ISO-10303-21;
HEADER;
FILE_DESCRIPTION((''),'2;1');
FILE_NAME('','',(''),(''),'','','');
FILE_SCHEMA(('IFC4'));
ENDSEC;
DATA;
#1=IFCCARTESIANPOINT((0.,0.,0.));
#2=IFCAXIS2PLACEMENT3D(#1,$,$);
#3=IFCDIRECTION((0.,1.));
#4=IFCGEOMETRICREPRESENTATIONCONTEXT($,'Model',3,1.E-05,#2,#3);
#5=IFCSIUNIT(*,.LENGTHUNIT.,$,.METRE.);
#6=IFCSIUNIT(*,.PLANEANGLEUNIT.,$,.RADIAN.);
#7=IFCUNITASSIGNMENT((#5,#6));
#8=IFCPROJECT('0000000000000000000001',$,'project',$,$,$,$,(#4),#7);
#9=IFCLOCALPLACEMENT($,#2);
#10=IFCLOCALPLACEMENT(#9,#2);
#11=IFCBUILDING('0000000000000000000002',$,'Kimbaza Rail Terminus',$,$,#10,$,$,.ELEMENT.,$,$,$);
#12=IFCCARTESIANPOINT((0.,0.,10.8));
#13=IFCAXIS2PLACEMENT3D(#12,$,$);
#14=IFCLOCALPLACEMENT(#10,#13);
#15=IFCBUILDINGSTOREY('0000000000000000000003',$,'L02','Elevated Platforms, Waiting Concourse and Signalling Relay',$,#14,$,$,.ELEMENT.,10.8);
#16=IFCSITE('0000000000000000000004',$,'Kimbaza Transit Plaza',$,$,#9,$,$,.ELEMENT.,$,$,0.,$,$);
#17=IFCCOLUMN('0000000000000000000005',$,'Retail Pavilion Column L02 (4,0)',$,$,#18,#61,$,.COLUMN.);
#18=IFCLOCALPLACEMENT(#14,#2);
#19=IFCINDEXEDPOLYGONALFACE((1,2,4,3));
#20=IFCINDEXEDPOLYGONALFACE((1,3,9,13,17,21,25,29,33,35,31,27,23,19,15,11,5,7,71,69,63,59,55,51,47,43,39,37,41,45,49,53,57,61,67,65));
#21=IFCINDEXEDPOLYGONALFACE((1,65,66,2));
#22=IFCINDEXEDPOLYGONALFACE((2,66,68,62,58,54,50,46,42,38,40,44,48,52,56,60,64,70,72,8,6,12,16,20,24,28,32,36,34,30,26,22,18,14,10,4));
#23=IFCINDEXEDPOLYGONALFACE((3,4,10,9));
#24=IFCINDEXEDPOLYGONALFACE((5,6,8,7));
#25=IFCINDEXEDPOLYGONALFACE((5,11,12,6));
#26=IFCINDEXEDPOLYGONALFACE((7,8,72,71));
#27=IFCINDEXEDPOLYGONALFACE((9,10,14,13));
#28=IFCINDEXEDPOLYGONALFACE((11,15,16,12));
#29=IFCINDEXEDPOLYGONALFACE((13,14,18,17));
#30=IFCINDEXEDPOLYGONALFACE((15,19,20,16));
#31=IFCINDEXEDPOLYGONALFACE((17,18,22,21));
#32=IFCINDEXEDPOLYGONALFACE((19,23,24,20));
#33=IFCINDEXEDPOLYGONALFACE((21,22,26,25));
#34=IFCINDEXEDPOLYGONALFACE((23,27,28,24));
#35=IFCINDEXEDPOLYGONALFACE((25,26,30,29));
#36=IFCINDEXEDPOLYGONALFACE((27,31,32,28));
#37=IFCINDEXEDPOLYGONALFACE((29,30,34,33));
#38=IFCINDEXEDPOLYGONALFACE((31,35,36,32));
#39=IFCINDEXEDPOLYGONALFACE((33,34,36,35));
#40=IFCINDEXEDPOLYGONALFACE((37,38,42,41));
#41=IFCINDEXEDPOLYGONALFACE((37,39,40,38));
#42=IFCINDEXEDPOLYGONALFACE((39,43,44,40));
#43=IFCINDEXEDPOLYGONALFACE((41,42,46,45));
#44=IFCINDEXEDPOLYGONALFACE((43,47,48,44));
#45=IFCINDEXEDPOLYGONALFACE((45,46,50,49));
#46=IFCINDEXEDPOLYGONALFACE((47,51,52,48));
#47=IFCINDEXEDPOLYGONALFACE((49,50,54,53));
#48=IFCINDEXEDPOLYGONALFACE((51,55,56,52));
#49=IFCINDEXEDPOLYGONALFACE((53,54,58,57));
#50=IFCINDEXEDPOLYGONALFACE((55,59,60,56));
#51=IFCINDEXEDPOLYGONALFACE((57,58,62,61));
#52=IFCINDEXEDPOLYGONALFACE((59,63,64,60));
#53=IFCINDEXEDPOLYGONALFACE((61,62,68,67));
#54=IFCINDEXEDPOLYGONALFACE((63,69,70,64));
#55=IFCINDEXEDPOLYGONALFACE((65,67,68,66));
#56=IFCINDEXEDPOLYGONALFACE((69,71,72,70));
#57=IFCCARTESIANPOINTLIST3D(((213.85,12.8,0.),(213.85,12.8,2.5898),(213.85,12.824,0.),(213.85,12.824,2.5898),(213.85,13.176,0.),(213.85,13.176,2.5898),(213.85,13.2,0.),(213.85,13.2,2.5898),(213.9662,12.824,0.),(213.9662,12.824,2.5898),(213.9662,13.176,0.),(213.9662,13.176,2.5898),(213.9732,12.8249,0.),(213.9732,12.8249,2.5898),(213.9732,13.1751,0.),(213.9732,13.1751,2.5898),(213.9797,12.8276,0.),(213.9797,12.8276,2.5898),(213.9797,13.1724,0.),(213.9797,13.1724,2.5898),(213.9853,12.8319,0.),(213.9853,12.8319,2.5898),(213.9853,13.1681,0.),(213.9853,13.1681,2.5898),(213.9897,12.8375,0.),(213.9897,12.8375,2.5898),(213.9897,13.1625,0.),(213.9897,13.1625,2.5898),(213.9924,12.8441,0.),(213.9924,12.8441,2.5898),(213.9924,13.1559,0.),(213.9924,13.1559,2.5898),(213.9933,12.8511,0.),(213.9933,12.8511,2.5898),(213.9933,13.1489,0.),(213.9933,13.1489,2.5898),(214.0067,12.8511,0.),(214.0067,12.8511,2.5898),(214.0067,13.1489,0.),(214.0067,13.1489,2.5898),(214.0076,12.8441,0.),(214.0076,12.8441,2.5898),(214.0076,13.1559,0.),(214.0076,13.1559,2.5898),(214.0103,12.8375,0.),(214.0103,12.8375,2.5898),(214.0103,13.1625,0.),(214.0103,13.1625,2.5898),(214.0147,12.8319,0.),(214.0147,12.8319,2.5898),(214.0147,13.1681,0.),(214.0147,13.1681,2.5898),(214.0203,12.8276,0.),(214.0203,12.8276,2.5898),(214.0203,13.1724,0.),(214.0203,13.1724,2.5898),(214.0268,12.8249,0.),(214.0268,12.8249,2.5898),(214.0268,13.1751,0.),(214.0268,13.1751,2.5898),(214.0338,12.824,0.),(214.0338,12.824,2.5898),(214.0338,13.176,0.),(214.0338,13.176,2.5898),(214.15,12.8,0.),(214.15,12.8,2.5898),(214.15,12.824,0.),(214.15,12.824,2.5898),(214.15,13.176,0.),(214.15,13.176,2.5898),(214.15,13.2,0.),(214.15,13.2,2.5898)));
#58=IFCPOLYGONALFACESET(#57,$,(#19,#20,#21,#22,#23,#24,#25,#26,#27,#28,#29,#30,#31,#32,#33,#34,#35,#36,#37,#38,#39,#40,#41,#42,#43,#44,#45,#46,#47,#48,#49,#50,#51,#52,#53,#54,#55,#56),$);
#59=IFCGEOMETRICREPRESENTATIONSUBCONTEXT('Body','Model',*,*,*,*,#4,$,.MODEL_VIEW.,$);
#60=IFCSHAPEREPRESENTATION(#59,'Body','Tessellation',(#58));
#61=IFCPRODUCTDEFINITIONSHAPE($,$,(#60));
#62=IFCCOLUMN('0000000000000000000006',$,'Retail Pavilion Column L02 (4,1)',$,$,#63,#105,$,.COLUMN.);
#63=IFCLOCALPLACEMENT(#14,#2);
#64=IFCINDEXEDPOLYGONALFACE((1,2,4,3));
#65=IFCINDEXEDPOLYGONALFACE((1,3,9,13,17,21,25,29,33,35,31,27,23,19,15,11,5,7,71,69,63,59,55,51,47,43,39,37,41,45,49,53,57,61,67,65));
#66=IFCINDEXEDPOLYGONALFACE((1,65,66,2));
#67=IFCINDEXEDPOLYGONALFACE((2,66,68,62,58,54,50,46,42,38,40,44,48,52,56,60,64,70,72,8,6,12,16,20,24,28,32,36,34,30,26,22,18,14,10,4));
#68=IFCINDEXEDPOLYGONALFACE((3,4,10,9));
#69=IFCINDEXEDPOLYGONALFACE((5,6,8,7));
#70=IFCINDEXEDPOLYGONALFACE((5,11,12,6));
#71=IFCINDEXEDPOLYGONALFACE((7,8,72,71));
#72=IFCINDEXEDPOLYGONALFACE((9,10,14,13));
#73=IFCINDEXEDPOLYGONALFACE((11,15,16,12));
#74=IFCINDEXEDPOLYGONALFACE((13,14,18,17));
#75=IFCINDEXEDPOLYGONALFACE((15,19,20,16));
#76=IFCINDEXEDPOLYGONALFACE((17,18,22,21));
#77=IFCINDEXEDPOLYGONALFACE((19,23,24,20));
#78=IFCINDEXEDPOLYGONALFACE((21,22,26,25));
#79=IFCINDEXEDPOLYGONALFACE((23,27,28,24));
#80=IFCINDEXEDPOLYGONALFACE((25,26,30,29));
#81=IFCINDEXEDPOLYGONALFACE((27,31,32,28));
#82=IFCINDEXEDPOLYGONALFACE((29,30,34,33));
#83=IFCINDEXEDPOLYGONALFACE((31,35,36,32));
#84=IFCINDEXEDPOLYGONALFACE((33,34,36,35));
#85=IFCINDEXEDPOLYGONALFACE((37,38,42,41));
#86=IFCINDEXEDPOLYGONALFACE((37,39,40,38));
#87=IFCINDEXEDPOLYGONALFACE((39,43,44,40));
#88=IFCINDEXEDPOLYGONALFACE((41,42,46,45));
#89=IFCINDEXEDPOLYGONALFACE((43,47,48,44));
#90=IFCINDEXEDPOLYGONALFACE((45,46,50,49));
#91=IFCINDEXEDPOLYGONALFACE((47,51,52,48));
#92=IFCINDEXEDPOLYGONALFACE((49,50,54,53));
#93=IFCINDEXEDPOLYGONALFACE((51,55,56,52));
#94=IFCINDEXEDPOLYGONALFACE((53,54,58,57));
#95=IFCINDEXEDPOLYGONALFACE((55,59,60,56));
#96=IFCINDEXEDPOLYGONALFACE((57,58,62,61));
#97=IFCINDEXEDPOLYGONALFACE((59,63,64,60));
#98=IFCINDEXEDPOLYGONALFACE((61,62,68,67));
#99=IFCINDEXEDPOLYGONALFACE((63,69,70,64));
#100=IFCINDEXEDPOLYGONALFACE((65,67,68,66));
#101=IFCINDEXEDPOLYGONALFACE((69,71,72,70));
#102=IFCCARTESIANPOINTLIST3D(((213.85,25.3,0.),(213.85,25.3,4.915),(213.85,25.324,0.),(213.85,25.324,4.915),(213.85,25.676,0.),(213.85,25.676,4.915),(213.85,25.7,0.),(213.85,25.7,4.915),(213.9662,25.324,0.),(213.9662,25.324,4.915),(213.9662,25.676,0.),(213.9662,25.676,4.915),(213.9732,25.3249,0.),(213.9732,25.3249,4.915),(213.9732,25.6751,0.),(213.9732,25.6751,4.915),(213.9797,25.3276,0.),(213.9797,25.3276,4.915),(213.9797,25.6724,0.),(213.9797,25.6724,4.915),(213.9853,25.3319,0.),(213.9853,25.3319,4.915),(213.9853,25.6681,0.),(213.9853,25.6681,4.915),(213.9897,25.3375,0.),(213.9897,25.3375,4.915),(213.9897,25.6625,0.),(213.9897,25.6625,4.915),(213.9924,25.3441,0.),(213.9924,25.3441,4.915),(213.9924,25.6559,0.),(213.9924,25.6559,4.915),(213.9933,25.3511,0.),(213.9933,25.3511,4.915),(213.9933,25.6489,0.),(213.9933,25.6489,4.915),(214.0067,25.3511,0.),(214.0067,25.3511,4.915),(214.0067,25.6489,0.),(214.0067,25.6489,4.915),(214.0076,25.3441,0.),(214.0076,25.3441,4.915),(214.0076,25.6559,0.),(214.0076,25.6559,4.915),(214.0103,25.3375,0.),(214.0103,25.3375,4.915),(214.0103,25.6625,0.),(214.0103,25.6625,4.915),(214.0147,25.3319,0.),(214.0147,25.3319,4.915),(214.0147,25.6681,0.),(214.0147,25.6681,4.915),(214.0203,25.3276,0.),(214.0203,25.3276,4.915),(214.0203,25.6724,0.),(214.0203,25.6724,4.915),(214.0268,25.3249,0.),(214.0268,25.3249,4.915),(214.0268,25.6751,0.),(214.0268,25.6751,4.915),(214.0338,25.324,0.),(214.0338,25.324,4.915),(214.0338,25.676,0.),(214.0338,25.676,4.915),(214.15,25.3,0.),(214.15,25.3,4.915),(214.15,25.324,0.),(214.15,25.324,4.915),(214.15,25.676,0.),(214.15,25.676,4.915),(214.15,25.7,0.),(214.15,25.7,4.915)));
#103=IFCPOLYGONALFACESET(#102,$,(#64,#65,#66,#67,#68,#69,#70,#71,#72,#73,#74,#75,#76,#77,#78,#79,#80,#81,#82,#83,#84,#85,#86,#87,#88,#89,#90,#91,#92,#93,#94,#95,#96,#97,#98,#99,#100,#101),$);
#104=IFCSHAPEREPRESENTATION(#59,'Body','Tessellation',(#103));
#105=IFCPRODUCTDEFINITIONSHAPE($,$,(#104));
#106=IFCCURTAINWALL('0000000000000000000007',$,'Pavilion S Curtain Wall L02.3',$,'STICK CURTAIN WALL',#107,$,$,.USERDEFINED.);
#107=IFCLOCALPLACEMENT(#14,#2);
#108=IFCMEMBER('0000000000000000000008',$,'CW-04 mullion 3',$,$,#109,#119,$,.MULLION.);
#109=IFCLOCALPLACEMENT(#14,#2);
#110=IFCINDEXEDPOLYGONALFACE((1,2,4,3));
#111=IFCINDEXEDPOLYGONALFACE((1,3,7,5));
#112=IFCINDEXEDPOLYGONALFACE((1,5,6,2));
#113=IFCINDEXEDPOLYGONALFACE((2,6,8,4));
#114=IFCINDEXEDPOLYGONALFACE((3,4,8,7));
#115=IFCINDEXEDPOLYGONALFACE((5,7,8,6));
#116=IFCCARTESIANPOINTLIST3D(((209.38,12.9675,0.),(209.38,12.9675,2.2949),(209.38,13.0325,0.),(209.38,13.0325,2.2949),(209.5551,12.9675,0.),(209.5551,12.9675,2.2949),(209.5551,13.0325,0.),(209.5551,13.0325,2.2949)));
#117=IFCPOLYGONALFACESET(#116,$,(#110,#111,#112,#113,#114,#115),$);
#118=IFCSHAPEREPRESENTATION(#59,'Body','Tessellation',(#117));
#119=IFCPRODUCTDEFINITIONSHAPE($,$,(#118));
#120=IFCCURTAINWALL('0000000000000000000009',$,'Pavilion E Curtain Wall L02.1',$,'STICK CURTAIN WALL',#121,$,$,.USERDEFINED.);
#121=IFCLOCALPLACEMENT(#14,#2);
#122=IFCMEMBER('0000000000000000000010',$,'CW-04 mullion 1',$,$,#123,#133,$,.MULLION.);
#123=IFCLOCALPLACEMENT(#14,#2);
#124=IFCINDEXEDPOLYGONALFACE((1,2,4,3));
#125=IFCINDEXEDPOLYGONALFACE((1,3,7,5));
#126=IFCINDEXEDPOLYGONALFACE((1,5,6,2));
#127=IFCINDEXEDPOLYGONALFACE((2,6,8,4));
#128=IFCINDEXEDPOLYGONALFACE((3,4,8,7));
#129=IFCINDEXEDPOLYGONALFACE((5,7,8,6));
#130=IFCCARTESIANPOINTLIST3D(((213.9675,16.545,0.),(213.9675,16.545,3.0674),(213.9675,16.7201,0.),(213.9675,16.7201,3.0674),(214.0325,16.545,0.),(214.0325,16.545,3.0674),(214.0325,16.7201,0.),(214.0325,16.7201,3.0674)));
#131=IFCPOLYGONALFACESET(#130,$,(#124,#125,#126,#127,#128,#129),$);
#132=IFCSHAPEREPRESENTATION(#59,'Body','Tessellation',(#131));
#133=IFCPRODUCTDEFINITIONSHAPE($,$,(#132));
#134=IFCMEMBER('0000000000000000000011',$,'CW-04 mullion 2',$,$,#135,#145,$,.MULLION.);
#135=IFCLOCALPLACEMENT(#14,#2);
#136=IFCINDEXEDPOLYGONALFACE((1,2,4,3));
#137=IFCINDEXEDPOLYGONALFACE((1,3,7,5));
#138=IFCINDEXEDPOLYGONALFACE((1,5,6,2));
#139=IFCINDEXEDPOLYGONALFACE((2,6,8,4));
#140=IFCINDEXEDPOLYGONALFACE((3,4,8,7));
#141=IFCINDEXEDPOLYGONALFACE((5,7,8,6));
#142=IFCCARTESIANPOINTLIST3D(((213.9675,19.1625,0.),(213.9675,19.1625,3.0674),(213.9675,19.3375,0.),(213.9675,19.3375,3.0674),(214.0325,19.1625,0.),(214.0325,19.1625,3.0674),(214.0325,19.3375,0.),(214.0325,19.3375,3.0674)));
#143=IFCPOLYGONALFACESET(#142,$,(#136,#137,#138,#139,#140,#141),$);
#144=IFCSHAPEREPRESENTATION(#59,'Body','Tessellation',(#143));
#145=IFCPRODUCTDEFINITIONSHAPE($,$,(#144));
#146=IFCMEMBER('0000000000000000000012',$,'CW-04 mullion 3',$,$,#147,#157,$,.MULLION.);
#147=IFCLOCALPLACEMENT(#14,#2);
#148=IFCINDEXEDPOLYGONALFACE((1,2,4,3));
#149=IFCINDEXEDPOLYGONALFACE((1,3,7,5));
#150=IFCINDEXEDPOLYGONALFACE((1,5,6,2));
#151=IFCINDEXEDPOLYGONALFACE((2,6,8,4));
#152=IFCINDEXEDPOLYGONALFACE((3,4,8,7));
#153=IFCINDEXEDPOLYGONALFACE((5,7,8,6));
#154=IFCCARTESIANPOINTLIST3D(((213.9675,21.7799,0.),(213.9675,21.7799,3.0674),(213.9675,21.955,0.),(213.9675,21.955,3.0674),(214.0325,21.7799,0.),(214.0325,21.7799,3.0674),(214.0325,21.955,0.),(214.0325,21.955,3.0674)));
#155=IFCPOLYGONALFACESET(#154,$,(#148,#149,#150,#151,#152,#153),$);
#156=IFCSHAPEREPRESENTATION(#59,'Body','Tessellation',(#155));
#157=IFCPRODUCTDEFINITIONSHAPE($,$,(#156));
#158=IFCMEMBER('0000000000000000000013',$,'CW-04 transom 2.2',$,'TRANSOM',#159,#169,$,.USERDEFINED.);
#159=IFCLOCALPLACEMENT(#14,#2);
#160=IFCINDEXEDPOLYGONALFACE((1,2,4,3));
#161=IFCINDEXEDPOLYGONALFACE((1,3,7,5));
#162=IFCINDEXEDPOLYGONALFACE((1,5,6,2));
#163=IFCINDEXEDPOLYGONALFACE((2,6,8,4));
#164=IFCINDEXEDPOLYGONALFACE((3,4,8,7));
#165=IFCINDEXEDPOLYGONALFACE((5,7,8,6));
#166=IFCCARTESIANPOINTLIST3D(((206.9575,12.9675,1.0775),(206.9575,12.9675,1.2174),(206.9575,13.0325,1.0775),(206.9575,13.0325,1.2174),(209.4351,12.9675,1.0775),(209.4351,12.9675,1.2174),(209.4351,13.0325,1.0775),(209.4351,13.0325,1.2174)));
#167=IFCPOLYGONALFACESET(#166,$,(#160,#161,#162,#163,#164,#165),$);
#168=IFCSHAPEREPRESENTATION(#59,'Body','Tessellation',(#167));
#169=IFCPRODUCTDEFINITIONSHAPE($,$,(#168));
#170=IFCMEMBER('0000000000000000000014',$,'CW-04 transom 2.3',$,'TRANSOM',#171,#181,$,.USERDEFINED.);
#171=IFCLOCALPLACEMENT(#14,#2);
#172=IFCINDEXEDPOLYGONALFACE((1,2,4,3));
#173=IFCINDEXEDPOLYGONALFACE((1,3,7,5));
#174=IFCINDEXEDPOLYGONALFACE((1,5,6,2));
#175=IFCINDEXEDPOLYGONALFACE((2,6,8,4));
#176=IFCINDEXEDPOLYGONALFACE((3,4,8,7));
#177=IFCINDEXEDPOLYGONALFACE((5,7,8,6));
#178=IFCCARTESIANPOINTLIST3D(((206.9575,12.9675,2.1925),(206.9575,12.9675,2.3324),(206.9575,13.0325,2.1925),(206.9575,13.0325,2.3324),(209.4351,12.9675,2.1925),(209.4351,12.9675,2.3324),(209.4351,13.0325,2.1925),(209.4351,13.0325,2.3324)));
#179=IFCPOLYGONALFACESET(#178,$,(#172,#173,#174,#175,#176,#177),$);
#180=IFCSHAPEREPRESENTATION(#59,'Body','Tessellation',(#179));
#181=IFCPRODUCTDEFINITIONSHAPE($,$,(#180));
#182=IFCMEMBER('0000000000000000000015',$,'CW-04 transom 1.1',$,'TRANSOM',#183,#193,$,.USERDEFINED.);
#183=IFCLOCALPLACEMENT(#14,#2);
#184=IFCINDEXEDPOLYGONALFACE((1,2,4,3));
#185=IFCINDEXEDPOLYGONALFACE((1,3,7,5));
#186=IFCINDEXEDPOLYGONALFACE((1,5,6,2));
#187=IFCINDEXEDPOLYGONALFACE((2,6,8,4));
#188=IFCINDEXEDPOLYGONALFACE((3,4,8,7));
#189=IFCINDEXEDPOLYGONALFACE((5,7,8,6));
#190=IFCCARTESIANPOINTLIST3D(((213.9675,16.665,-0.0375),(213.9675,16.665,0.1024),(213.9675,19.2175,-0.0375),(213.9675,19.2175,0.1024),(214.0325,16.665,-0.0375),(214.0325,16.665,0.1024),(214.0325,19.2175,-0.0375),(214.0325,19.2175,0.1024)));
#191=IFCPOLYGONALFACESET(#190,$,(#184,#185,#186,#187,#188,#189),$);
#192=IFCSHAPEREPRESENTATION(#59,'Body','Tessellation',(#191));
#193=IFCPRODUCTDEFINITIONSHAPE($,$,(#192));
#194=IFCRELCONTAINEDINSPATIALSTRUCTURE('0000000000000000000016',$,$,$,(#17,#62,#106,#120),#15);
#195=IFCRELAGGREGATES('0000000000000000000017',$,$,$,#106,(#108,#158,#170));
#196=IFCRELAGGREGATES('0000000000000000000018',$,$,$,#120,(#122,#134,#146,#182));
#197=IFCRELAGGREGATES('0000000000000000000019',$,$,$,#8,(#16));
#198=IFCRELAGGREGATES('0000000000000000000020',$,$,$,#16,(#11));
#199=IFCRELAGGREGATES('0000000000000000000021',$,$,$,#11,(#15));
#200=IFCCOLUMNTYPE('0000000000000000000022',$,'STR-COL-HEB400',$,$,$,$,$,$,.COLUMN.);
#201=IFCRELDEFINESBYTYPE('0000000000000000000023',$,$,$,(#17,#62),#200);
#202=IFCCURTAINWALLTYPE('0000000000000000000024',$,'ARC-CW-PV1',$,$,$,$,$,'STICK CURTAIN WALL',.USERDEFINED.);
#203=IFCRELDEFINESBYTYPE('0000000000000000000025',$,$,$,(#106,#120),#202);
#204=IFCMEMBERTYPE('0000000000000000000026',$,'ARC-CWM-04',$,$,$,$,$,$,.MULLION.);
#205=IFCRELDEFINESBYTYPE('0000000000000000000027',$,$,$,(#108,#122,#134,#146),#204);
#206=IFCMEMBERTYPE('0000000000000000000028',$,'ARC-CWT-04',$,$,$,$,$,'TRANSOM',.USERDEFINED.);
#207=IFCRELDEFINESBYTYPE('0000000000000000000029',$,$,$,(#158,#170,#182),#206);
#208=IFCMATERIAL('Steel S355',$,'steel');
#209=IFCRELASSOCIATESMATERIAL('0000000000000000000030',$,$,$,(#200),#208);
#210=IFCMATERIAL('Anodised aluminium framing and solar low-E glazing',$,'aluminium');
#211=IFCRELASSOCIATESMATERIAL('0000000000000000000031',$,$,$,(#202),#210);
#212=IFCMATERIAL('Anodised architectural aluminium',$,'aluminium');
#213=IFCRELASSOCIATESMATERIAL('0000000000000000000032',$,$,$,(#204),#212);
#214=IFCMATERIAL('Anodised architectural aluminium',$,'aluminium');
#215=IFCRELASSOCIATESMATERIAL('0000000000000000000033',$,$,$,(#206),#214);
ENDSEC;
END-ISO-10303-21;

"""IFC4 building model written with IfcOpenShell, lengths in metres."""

from ifc_helpers import new_model, si_unit, direction, frame, origin, origin_2d, place, context, subcontext, project, spatial, rectangle, i_section, extrude, material, material_profile, profile_set, type_object, element, aggregate, save


model = new_model("IFC4")

# Units and contexts
model_context = context("Model", 3, precision=1e-05, world=origin(), true_north=direction((0.0, 1.0)))
body_context = subcontext(model_context, "Body", "Model", "MODEL_VIEW")
ifc_project = project(units=[si_unit("LENGTHUNIT", "METRE"), si_unit("PLANEANGLEUNIT", "RADIAN")], contexts=[model_context])

# Site, building, storey
site_placement = place(None, origin())
site = spatial("IfcSite", under=ifc_project, at=site_placement, Name="Kimbaza Transit Plaza", CompositionType="ELEMENT", RefElevation=0.0)
building_placement = place(site_placement, origin())
building = spatial("IfcBuilding", under=site, at=building_placement, Name="Kimbaza Rail Terminus", CompositionType="ELEMENT")
storey_placement = place(building_placement, frame((0.0, 0.0, 10.8)))
storey = spatial("IfcBuildingStorey", under=building, at=storey_placement, Name="L02", Description="Elevated Platforms, Waiting Concourse and Signalling Relay", CompositionType="ELEMENT", Elevation=10.8)

# Columns
ifc_material_1 = material(Name="Steel S355", Category="steel")
ifc_material_profile_1 = material_profile(ifc_material_1, i_section(OverallWidth=0.3, OverallDepth=0.3999, WebThickness=0.0134, FlangeThickness=0.0239, FilletRadius=0.0271, at=origin_2d()), Name="HEB 400")
ifc_profile_set_1 = profile_set([ifc_material_profile_1], Name="Steel S355")
column_type = type_object("IfcColumnType", Name="STR-COL-HEB400", PredefinedType="COLUMN", material=ifc_profile_set_1)
column_1_placement = place(storey_placement, frame((214.0, 13.0, 0.0), z_axis=(0.0, 0.0, 1.0), x_axis=(1.0, 0.0, 0.0)))
element("IfcColumn", 1, at=column_1_placement, inside=storey, type_object=column_type, Name="Retail Pavilion Column L02 (4,0)", PredefinedType="COLUMN", context=body_context, shape_type="SweptSolid", body=[
    extrude(i_section(OverallWidth=0.3, OverallDepth=0.3999, WebThickness=0.0134, FlangeThickness=0.0239, FilletRadius=0.0271, at=origin_2d()), origin(), (0.0, 0.0, 1.0), 2.5898),
])
column_2_placement = place(storey_placement, frame((214.0, 25.5, 0.0), z_axis=(0.0, 0.0, 1.0), x_axis=(1.0, 0.0, 0.0)))
element("IfcColumn", 2, at=column_2_placement, inside=storey, type_object=column_type, Name="Retail Pavilion Column L02 (4,1)", PredefinedType="COLUMN", context=body_context, shape_type="SweptSolid", body=[
    extrude(i_section(OverallWidth=0.3, OverallDepth=0.3999, WebThickness=0.0134, FlangeThickness=0.0239, FilletRadius=0.0271, at=origin_2d()), origin(), (0.0, 0.0, 1.0), 4.915),
])

# Curtain wall, member
ifc_material_2 = material(Name="Anodised aluminium framing and solar low-E glazing", Category="aluminium")
curtain_wall_type = type_object("IfcCurtainWallType", Name="ARC-CW-PV1", ElementType="STICK CURTAIN WALL", PredefinedType="USERDEFINED", material=ifc_material_2)
curtain_wall_1_placement = place(storey_placement, origin())
curtain_wall_1 = element("IfcCurtainWall", 3, at=curtain_wall_1_placement, inside=storey, type_object=curtain_wall_type, Name="Pavilion S Curtain Wall L02.3", ObjectType="STICK CURTAIN WALL", PredefinedType="USERDEFINED")
ifc_material_3 = material(Name="Anodised architectural aluminium", Category="aluminium")
ifc_material_profile_2 = material_profile(ifc_material_3, rectangle(XDim=0.0649, YDim=0.175, at=origin_2d()), Name="MULLION 65x175")
ifc_profile_set_2 = profile_set([ifc_material_profile_2], Name="Anodised architectural aluminium")
member_type_1 = type_object("IfcMemberType", Name="ARC-CWM-04", PredefinedType="MULLION", material=ifc_profile_set_2)
member_1_placement = place(storey_placement, frame((209.4675, 13.0, 0.0), z_axis=(0.0, 0.0, 1.0), x_axis=(0.0, 1.0, 0.0)))
member_1 = element("IfcMember", 4, at=member_1_placement, type_object=member_type_1, Name="CW-04 mullion 3", PredefinedType="MULLION", context=body_context, shape_type="SweptSolid", body=[
    extrude(rectangle(XDim=0.0649, YDim=0.175, at=origin_2d()), origin(), (0.0, 0.0, 1.0), 2.2949),
])

# Curtain wall, members
curtain_wall_2_placement = place(storey_placement, origin())
curtain_wall_2 = element("IfcCurtainWall", 5, at=curtain_wall_2_placement, inside=storey, type_object=curtain_wall_type, Name="Pavilion E Curtain Wall L02.1", ObjectType="STICK CURTAIN WALL", PredefinedType="USERDEFINED")
member_2_placement = place(storey_placement, frame((214.0, 16.6326, 0.0), z_axis=(0.0, 0.0, 1.0), x_axis=(-1.0, 0.0, 0.0)))
member_2 = element("IfcMember", 6, at=member_2_placement, type_object=member_type_1, Name="CW-04 mullion 1", PredefinedType="MULLION", context=body_context, shape_type="SweptSolid", body=[
    extrude(rectangle(XDim=0.0649, YDim=0.175, at=origin_2d()), origin(), (0.0, 0.0, 1.0), 3.0674),
])
member_3_placement = place(storey_placement, frame((214.0, 19.25, 0.0), z_axis=(0.0, 0.0, 1.0), x_axis=(-1.0, 0.0, 0.0)))
member_3 = element("IfcMember", 7, at=member_3_placement, type_object=member_type_1, Name="CW-04 mullion 2", PredefinedType="MULLION", context=body_context, shape_type="SweptSolid", body=[
    extrude(rectangle(XDim=0.0649, YDim=0.175, at=origin_2d()), origin(), (0.0, 0.0, 1.0), 3.0674),
])
member_4_placement = place(storey_placement, frame((214.0, 21.8674, 0.0), z_axis=(0.0, 0.0, 1.0), x_axis=(-1.0, 0.0, 0.0)))
member_4 = element("IfcMember", 8, at=member_4_placement, type_object=member_type_1, Name="CW-04 mullion 3", PredefinedType="MULLION", context=body_context, shape_type="SweptSolid", body=[
    extrude(rectangle(XDim=0.0649, YDim=0.175, at=origin_2d()), origin(), (0.0, 0.0, 1.0), 3.0674),
])

# Members
ifc_material_4 = material(Name="Anodised architectural aluminium", Category="aluminium")
ifc_material_profile_3 = material_profile(ifc_material_4, rectangle(XDim=0.0649, YDim=0.1399, at=origin_2d()), Name="TRANSOM 65x140")
ifc_profile_set_3 = profile_set([ifc_material_profile_3], Name="Anodised architectural aluminium")
member_type_2 = type_object("IfcMemberType", Name="ARC-CWT-04", ElementType="TRANSOM", PredefinedType="USERDEFINED", material=ifc_profile_set_3)
member_5_placement = place(storey_placement, frame((206.9575, 13.0, 1.1475), z_axis=(1.0, 0.0, 0.0), x_axis=(0.0, 1.0, 0.0)))
member_5 = element("IfcMember", 9, at=member_5_placement, type_object=member_type_2, Name="CW-04 transom 2.2", ObjectType="TRANSOM", PredefinedType="USERDEFINED", context=body_context, shape_type="SweptSolid", body=[
    extrude(rectangle(XDim=0.0649, YDim=0.1399, at=origin_2d()), origin(), (0.0, 0.0, 1.0), 2.4775),
])
member_6_placement = place(storey_placement, frame((206.9575, 13.0, 2.2625), z_axis=(1.0, 0.0, 0.0), x_axis=(0.0, 1.0, 0.0)))
member_6 = element("IfcMember", 10, at=member_6_placement, type_object=member_type_2, Name="CW-04 transom 2.3", ObjectType="TRANSOM", PredefinedType="USERDEFINED", context=body_context, shape_type="SweptSolid", body=[
    extrude(rectangle(XDim=0.0649, YDim=0.1399, at=origin_2d()), origin(), (0.0, 0.0, 1.0), 2.4775),
])
member_7_placement = place(storey_placement, frame((214.0, 16.665, 0.0325), z_axis=(0.0, 1.0, 0.0), x_axis=(-1.0, 0.0, 0.0)))
member_7 = element("IfcMember", 11, at=member_7_placement, type_object=member_type_2, Name="CW-04 transom 1.1", ObjectType="TRANSOM", PredefinedType="USERDEFINED", context=body_context, shape_type="SweptSolid", body=[
    extrude(rectangle(XDim=0.0649, YDim=0.1399, at=origin_2d()), origin(), (0.0, 0.0, 1.0), 2.5525),
])

aggregate(curtain_wall_1, [member_1, member_5, member_6])
aggregate(curtain_wall_2, [member_2, member_3, member_4, member_7])

save(model, "model.ifc")
